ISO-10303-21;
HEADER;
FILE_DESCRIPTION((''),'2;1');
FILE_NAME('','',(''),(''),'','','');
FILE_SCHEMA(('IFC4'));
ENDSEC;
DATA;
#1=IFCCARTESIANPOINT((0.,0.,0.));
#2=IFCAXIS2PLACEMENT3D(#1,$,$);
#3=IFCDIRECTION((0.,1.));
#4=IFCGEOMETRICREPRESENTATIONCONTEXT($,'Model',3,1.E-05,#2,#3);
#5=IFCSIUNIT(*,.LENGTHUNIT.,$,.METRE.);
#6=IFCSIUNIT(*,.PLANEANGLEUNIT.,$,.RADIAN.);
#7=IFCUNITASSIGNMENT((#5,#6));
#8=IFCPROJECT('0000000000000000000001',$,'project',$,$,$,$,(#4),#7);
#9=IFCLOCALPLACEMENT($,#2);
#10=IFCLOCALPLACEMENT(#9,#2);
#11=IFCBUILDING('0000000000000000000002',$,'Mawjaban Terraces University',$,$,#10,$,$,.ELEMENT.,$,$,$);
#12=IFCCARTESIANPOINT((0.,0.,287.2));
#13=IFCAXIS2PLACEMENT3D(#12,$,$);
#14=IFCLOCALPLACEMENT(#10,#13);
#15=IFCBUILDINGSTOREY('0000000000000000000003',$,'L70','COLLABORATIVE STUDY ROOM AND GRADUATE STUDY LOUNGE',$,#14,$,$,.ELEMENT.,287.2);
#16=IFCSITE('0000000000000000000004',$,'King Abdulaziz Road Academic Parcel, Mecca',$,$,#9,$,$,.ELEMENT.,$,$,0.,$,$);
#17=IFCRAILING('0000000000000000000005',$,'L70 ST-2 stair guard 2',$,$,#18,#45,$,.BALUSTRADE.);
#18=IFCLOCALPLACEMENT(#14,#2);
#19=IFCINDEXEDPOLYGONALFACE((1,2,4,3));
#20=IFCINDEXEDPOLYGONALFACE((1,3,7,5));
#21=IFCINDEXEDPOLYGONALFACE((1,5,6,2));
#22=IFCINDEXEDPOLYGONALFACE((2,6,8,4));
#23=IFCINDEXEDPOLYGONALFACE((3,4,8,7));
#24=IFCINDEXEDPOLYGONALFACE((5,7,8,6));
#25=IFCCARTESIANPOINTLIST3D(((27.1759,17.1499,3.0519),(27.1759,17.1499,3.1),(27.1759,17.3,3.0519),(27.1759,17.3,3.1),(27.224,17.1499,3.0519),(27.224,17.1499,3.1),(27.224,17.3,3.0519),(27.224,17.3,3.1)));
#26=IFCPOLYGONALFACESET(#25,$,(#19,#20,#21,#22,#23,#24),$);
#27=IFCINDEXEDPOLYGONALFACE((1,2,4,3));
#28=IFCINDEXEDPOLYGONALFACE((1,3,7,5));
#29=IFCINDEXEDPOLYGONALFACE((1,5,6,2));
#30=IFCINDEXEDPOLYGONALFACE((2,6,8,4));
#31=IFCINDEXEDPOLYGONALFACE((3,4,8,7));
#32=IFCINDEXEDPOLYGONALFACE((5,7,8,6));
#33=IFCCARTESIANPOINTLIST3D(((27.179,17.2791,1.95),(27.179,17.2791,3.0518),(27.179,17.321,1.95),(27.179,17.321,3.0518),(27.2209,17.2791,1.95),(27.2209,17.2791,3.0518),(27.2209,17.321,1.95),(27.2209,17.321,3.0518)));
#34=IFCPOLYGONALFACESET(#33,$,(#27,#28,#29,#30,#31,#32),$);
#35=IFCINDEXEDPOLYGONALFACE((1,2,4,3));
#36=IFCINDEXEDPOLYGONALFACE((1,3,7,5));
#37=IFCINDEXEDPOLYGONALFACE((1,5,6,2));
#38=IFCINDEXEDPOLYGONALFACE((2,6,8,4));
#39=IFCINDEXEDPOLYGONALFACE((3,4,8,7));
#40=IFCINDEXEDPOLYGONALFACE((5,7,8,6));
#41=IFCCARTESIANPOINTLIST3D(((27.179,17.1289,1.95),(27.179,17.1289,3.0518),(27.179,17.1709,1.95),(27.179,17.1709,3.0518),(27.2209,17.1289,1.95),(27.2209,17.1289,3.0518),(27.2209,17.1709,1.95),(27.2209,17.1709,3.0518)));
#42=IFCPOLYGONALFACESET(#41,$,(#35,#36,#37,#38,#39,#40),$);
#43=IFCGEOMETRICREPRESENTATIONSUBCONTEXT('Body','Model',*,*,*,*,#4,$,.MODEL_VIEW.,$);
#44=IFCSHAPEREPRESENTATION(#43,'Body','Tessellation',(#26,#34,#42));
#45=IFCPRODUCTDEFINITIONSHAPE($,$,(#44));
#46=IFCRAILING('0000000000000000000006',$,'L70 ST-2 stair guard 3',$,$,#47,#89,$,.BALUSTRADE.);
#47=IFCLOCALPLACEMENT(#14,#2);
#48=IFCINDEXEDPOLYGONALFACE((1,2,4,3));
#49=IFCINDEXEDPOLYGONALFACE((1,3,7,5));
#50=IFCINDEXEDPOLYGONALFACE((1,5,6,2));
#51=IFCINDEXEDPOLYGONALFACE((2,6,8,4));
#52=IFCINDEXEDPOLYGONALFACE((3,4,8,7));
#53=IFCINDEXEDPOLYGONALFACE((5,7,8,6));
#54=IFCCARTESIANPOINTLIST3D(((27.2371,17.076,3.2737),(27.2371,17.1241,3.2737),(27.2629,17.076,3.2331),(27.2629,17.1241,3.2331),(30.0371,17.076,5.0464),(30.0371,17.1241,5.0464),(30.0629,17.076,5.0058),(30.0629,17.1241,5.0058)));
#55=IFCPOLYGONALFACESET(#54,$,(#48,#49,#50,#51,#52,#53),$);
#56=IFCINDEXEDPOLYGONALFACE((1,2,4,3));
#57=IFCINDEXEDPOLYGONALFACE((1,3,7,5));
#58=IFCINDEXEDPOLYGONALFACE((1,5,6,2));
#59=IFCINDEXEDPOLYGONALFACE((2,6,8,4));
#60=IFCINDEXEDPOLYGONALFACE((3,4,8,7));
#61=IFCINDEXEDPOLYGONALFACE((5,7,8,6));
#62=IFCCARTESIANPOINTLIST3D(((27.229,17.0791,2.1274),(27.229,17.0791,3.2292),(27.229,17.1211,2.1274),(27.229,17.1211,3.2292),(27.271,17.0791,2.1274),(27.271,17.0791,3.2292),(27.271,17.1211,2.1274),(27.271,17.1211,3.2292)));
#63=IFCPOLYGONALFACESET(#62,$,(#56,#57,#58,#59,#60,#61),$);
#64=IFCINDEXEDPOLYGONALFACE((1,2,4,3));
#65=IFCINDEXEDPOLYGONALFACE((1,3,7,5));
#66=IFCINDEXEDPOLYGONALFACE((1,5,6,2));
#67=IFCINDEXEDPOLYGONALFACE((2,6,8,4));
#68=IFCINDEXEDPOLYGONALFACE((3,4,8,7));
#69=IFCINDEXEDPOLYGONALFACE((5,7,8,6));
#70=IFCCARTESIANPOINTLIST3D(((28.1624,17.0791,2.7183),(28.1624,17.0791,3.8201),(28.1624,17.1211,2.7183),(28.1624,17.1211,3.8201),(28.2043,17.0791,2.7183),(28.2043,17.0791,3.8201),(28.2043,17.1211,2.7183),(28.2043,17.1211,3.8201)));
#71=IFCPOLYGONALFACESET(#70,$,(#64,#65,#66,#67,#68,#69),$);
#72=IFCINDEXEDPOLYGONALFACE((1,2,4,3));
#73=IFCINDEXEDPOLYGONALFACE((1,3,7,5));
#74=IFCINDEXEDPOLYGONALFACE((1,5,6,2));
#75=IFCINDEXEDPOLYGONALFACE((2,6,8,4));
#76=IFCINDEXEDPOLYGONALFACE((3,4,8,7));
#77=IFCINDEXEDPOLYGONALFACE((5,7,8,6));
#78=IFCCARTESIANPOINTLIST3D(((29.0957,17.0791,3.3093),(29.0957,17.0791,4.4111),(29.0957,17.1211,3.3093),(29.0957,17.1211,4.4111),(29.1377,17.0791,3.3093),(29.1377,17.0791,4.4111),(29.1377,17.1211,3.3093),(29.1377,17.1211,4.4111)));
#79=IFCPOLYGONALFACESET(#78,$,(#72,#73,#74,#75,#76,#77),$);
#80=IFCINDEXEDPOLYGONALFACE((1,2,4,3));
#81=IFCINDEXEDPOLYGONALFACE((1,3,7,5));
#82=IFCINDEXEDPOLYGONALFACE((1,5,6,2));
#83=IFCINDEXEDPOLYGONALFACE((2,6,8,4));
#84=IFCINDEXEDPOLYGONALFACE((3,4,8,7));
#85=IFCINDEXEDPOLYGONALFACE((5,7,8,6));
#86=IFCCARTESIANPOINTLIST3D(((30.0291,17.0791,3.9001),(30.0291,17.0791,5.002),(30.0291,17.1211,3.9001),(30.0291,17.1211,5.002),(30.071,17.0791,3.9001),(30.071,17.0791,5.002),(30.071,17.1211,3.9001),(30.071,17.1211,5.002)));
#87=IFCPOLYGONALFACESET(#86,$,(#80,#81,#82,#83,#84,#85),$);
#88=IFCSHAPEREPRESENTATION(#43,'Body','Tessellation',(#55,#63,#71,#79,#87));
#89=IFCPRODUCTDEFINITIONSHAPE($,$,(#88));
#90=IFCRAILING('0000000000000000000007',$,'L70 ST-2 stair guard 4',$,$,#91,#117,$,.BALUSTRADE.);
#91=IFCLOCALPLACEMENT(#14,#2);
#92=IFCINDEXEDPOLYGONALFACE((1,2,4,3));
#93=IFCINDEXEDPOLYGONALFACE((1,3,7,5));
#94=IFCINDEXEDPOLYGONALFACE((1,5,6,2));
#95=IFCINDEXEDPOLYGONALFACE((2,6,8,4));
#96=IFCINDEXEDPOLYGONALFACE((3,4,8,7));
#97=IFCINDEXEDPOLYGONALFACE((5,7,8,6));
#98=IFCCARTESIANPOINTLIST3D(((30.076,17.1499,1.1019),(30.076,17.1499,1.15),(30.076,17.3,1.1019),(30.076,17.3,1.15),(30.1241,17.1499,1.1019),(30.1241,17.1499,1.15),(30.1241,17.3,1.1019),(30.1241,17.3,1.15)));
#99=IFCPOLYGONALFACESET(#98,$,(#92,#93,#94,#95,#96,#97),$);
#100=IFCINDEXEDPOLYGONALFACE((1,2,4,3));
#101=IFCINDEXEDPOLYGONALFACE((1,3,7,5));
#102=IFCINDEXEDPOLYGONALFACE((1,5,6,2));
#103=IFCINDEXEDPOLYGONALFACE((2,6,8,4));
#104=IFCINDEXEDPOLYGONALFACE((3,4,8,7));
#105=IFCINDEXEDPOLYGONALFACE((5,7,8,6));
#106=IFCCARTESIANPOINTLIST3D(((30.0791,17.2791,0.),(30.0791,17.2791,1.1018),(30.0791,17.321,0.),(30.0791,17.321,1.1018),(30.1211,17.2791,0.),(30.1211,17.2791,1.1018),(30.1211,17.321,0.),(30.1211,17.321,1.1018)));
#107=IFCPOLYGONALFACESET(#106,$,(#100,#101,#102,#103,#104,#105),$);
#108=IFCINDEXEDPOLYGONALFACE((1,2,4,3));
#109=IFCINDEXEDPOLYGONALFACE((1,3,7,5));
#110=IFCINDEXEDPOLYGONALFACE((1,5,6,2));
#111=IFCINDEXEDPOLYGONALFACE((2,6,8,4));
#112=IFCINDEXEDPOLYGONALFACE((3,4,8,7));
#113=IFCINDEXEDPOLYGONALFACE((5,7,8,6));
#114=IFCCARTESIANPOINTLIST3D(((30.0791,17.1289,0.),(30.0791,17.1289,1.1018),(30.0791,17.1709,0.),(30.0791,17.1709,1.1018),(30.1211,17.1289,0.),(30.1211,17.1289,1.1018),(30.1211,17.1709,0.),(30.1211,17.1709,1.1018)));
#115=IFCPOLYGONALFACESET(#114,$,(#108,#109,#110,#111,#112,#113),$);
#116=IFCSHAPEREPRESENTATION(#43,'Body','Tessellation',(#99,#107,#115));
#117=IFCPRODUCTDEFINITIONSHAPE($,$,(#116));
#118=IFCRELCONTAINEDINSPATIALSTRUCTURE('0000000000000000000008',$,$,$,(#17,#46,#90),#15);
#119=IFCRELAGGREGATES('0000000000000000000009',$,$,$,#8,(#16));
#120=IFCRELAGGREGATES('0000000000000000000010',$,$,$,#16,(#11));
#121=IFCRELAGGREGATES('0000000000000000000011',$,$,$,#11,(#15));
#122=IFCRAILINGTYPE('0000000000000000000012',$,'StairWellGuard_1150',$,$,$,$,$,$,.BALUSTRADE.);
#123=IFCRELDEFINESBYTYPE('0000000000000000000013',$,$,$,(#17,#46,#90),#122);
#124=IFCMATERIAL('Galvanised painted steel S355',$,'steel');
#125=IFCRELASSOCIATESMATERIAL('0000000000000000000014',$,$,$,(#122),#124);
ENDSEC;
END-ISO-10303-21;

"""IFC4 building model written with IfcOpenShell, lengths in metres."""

from ifc_helpers import new_model, si_unit, direction, frame, origin, origin_2d, place, context, subcontext, project, spatial, rectangle, extrude, material, type_object, element, save


model = new_model("IFC4")

# Units and contexts
model_context = context("Model", 3, precision=1e-05, world=origin(), true_north=direction((0.0, 1.0)))
body_context = subcontext(model_context, "Body", "Model", "MODEL_VIEW")
ifc_project = project(units=[si_unit("LENGTHUNIT", "METRE"), si_unit("PLANEANGLEUNIT", "RADIAN")], contexts=[model_context])

# Site, building, storey
site_placement = place(None, origin())
site = spatial("IfcSite", under=ifc_project, at=site_placement, Name="King Abdulaziz Road Academic Parcel, Mecca", CompositionType="ELEMENT", RefElevation=0.0)
building_placement = place(site_placement, origin())
building = spatial("IfcBuilding", under=site, at=building_placement, Name="Mawjaban Terraces University", CompositionType="ELEMENT")
storey_placement = place(building_placement, frame((0.0, 0.0, 287.2)))
storey = spatial("IfcBuildingStorey", under=building, at=storey_placement, Name="L70", Description="COLLABORATIVE STUDY ROOM AND GRADUATE STUDY LOUNGE", CompositionType="ELEMENT", Elevation=287.2)

# Railings
ifc_material_1 = material(Name="Galvanised painted steel S355", Category="steel")
railing_type_1 = type_object("IfcRailingType", Name="StairWellGuard_1150", PredefinedType="BALUSTRADE", material=ifc_material_1)
railing_1_placement = place(storey_placement, frame((27.2, 17.3, 1.95)))
element("IfcRailing", 1, at=railing_1_placement, inside=storey, type_object=railing_type_1, Name="L70 ST-2 stair guard 2", PredefinedType="BALUSTRADE", context=body_context, shape_type="SweptSolid", body=[
    extrude(rectangle(XDim=0.0481, YDim=0.0481, at=origin_2d()), frame((0.0, 0.0, 1.126), z_axis=(0.0, -1.0, 0.0), x_axis=(1.0, 0.0, 0.0)), (0.0, 0.0, 1.0), 0.1501),
    extrude(rectangle(XDim=0.042, YDim=0.042, at=origin_2d()), origin(), (0.0, 0.0, 1.0), 1.1018),
    extrude(rectangle(XDim=0.042, YDim=0.042, at=origin_2d()), frame((0.0, -0.1501, 0.0)), (0.0, 0.0, 1.0), 1.1018),
])
railing_2_placement = place(storey_placement, frame((27.25, 17.1001, 2.1274)))
element("IfcRailing", 2, at=railing_2_placement, inside=storey, type_object=railing_type_1, Name="L70 ST-2 stair guard 3", PredefinedType="BALUSTRADE", context=body_context, shape_type="SweptSolid", body=[
    extrude(rectangle(XDim=0.0481, YDim=0.0481, at=origin_2d()), frame((0.0, 0.0, 1.126), z_axis=(0.844909, 0.0, 0.53491), x_axis=(0.0, 1.0, 0.0)), (0.0, 0.0, 1.0), 3.314),
    extrude(rectangle(XDim=0.042, YDim=0.042, at=origin_2d()), origin(), (0.0, 0.0, 1.0), 1.1018),
    extrude(rectangle(XDim=0.042, YDim=0.042, at=origin_2d()), frame((0.9333, 0.0, 0.5908)), (0.0, 0.0, 1.0), 1.1018),
    extrude(rectangle(XDim=0.042, YDim=0.042, at=origin_2d()), frame((1.8667, 0.0, 1.1819)), (0.0, 0.0, 1.0), 1.1018),
    extrude(rectangle(XDim=0.042, YDim=0.042, at=origin_2d()), frame((2.8, 0.0, 1.7727)), (0.0, 0.0, 1.0), 1.1018),
])
railing_3_placement = place(storey_placement, frame((30.1001, 17.3, 0.0)))
element("IfcRailing", 3, at=railing_3_placement, inside=storey, type_object=railing_type_1, Name="L70 ST-2 stair guard 4", PredefinedType="BALUSTRADE", context=body_context, shape_type="SweptSolid", body=[
    extrude(rectangle(XDim=0.0481, YDim=0.0481, at=origin_2d()), frame((0.0, 0.0, 1.126), z_axis=(0.0, -1.0, 0.0), x_axis=(1.0, 0.0, 0.0)), (0.0, 0.0, 1.0), 0.1501),
    extrude(rectangle(XDim=0.042, YDim=0.042, at=origin_2d()), origin(), (0.0, 0.0, 1.0), 1.1018),
    extrude(rectangle(XDim=0.042, YDim=0.042, at=origin_2d()), frame((0.0, -0.1501, 0.0)), (0.0, 0.0, 1.0), 1.1018),
])

save(model, "model.ifc")
